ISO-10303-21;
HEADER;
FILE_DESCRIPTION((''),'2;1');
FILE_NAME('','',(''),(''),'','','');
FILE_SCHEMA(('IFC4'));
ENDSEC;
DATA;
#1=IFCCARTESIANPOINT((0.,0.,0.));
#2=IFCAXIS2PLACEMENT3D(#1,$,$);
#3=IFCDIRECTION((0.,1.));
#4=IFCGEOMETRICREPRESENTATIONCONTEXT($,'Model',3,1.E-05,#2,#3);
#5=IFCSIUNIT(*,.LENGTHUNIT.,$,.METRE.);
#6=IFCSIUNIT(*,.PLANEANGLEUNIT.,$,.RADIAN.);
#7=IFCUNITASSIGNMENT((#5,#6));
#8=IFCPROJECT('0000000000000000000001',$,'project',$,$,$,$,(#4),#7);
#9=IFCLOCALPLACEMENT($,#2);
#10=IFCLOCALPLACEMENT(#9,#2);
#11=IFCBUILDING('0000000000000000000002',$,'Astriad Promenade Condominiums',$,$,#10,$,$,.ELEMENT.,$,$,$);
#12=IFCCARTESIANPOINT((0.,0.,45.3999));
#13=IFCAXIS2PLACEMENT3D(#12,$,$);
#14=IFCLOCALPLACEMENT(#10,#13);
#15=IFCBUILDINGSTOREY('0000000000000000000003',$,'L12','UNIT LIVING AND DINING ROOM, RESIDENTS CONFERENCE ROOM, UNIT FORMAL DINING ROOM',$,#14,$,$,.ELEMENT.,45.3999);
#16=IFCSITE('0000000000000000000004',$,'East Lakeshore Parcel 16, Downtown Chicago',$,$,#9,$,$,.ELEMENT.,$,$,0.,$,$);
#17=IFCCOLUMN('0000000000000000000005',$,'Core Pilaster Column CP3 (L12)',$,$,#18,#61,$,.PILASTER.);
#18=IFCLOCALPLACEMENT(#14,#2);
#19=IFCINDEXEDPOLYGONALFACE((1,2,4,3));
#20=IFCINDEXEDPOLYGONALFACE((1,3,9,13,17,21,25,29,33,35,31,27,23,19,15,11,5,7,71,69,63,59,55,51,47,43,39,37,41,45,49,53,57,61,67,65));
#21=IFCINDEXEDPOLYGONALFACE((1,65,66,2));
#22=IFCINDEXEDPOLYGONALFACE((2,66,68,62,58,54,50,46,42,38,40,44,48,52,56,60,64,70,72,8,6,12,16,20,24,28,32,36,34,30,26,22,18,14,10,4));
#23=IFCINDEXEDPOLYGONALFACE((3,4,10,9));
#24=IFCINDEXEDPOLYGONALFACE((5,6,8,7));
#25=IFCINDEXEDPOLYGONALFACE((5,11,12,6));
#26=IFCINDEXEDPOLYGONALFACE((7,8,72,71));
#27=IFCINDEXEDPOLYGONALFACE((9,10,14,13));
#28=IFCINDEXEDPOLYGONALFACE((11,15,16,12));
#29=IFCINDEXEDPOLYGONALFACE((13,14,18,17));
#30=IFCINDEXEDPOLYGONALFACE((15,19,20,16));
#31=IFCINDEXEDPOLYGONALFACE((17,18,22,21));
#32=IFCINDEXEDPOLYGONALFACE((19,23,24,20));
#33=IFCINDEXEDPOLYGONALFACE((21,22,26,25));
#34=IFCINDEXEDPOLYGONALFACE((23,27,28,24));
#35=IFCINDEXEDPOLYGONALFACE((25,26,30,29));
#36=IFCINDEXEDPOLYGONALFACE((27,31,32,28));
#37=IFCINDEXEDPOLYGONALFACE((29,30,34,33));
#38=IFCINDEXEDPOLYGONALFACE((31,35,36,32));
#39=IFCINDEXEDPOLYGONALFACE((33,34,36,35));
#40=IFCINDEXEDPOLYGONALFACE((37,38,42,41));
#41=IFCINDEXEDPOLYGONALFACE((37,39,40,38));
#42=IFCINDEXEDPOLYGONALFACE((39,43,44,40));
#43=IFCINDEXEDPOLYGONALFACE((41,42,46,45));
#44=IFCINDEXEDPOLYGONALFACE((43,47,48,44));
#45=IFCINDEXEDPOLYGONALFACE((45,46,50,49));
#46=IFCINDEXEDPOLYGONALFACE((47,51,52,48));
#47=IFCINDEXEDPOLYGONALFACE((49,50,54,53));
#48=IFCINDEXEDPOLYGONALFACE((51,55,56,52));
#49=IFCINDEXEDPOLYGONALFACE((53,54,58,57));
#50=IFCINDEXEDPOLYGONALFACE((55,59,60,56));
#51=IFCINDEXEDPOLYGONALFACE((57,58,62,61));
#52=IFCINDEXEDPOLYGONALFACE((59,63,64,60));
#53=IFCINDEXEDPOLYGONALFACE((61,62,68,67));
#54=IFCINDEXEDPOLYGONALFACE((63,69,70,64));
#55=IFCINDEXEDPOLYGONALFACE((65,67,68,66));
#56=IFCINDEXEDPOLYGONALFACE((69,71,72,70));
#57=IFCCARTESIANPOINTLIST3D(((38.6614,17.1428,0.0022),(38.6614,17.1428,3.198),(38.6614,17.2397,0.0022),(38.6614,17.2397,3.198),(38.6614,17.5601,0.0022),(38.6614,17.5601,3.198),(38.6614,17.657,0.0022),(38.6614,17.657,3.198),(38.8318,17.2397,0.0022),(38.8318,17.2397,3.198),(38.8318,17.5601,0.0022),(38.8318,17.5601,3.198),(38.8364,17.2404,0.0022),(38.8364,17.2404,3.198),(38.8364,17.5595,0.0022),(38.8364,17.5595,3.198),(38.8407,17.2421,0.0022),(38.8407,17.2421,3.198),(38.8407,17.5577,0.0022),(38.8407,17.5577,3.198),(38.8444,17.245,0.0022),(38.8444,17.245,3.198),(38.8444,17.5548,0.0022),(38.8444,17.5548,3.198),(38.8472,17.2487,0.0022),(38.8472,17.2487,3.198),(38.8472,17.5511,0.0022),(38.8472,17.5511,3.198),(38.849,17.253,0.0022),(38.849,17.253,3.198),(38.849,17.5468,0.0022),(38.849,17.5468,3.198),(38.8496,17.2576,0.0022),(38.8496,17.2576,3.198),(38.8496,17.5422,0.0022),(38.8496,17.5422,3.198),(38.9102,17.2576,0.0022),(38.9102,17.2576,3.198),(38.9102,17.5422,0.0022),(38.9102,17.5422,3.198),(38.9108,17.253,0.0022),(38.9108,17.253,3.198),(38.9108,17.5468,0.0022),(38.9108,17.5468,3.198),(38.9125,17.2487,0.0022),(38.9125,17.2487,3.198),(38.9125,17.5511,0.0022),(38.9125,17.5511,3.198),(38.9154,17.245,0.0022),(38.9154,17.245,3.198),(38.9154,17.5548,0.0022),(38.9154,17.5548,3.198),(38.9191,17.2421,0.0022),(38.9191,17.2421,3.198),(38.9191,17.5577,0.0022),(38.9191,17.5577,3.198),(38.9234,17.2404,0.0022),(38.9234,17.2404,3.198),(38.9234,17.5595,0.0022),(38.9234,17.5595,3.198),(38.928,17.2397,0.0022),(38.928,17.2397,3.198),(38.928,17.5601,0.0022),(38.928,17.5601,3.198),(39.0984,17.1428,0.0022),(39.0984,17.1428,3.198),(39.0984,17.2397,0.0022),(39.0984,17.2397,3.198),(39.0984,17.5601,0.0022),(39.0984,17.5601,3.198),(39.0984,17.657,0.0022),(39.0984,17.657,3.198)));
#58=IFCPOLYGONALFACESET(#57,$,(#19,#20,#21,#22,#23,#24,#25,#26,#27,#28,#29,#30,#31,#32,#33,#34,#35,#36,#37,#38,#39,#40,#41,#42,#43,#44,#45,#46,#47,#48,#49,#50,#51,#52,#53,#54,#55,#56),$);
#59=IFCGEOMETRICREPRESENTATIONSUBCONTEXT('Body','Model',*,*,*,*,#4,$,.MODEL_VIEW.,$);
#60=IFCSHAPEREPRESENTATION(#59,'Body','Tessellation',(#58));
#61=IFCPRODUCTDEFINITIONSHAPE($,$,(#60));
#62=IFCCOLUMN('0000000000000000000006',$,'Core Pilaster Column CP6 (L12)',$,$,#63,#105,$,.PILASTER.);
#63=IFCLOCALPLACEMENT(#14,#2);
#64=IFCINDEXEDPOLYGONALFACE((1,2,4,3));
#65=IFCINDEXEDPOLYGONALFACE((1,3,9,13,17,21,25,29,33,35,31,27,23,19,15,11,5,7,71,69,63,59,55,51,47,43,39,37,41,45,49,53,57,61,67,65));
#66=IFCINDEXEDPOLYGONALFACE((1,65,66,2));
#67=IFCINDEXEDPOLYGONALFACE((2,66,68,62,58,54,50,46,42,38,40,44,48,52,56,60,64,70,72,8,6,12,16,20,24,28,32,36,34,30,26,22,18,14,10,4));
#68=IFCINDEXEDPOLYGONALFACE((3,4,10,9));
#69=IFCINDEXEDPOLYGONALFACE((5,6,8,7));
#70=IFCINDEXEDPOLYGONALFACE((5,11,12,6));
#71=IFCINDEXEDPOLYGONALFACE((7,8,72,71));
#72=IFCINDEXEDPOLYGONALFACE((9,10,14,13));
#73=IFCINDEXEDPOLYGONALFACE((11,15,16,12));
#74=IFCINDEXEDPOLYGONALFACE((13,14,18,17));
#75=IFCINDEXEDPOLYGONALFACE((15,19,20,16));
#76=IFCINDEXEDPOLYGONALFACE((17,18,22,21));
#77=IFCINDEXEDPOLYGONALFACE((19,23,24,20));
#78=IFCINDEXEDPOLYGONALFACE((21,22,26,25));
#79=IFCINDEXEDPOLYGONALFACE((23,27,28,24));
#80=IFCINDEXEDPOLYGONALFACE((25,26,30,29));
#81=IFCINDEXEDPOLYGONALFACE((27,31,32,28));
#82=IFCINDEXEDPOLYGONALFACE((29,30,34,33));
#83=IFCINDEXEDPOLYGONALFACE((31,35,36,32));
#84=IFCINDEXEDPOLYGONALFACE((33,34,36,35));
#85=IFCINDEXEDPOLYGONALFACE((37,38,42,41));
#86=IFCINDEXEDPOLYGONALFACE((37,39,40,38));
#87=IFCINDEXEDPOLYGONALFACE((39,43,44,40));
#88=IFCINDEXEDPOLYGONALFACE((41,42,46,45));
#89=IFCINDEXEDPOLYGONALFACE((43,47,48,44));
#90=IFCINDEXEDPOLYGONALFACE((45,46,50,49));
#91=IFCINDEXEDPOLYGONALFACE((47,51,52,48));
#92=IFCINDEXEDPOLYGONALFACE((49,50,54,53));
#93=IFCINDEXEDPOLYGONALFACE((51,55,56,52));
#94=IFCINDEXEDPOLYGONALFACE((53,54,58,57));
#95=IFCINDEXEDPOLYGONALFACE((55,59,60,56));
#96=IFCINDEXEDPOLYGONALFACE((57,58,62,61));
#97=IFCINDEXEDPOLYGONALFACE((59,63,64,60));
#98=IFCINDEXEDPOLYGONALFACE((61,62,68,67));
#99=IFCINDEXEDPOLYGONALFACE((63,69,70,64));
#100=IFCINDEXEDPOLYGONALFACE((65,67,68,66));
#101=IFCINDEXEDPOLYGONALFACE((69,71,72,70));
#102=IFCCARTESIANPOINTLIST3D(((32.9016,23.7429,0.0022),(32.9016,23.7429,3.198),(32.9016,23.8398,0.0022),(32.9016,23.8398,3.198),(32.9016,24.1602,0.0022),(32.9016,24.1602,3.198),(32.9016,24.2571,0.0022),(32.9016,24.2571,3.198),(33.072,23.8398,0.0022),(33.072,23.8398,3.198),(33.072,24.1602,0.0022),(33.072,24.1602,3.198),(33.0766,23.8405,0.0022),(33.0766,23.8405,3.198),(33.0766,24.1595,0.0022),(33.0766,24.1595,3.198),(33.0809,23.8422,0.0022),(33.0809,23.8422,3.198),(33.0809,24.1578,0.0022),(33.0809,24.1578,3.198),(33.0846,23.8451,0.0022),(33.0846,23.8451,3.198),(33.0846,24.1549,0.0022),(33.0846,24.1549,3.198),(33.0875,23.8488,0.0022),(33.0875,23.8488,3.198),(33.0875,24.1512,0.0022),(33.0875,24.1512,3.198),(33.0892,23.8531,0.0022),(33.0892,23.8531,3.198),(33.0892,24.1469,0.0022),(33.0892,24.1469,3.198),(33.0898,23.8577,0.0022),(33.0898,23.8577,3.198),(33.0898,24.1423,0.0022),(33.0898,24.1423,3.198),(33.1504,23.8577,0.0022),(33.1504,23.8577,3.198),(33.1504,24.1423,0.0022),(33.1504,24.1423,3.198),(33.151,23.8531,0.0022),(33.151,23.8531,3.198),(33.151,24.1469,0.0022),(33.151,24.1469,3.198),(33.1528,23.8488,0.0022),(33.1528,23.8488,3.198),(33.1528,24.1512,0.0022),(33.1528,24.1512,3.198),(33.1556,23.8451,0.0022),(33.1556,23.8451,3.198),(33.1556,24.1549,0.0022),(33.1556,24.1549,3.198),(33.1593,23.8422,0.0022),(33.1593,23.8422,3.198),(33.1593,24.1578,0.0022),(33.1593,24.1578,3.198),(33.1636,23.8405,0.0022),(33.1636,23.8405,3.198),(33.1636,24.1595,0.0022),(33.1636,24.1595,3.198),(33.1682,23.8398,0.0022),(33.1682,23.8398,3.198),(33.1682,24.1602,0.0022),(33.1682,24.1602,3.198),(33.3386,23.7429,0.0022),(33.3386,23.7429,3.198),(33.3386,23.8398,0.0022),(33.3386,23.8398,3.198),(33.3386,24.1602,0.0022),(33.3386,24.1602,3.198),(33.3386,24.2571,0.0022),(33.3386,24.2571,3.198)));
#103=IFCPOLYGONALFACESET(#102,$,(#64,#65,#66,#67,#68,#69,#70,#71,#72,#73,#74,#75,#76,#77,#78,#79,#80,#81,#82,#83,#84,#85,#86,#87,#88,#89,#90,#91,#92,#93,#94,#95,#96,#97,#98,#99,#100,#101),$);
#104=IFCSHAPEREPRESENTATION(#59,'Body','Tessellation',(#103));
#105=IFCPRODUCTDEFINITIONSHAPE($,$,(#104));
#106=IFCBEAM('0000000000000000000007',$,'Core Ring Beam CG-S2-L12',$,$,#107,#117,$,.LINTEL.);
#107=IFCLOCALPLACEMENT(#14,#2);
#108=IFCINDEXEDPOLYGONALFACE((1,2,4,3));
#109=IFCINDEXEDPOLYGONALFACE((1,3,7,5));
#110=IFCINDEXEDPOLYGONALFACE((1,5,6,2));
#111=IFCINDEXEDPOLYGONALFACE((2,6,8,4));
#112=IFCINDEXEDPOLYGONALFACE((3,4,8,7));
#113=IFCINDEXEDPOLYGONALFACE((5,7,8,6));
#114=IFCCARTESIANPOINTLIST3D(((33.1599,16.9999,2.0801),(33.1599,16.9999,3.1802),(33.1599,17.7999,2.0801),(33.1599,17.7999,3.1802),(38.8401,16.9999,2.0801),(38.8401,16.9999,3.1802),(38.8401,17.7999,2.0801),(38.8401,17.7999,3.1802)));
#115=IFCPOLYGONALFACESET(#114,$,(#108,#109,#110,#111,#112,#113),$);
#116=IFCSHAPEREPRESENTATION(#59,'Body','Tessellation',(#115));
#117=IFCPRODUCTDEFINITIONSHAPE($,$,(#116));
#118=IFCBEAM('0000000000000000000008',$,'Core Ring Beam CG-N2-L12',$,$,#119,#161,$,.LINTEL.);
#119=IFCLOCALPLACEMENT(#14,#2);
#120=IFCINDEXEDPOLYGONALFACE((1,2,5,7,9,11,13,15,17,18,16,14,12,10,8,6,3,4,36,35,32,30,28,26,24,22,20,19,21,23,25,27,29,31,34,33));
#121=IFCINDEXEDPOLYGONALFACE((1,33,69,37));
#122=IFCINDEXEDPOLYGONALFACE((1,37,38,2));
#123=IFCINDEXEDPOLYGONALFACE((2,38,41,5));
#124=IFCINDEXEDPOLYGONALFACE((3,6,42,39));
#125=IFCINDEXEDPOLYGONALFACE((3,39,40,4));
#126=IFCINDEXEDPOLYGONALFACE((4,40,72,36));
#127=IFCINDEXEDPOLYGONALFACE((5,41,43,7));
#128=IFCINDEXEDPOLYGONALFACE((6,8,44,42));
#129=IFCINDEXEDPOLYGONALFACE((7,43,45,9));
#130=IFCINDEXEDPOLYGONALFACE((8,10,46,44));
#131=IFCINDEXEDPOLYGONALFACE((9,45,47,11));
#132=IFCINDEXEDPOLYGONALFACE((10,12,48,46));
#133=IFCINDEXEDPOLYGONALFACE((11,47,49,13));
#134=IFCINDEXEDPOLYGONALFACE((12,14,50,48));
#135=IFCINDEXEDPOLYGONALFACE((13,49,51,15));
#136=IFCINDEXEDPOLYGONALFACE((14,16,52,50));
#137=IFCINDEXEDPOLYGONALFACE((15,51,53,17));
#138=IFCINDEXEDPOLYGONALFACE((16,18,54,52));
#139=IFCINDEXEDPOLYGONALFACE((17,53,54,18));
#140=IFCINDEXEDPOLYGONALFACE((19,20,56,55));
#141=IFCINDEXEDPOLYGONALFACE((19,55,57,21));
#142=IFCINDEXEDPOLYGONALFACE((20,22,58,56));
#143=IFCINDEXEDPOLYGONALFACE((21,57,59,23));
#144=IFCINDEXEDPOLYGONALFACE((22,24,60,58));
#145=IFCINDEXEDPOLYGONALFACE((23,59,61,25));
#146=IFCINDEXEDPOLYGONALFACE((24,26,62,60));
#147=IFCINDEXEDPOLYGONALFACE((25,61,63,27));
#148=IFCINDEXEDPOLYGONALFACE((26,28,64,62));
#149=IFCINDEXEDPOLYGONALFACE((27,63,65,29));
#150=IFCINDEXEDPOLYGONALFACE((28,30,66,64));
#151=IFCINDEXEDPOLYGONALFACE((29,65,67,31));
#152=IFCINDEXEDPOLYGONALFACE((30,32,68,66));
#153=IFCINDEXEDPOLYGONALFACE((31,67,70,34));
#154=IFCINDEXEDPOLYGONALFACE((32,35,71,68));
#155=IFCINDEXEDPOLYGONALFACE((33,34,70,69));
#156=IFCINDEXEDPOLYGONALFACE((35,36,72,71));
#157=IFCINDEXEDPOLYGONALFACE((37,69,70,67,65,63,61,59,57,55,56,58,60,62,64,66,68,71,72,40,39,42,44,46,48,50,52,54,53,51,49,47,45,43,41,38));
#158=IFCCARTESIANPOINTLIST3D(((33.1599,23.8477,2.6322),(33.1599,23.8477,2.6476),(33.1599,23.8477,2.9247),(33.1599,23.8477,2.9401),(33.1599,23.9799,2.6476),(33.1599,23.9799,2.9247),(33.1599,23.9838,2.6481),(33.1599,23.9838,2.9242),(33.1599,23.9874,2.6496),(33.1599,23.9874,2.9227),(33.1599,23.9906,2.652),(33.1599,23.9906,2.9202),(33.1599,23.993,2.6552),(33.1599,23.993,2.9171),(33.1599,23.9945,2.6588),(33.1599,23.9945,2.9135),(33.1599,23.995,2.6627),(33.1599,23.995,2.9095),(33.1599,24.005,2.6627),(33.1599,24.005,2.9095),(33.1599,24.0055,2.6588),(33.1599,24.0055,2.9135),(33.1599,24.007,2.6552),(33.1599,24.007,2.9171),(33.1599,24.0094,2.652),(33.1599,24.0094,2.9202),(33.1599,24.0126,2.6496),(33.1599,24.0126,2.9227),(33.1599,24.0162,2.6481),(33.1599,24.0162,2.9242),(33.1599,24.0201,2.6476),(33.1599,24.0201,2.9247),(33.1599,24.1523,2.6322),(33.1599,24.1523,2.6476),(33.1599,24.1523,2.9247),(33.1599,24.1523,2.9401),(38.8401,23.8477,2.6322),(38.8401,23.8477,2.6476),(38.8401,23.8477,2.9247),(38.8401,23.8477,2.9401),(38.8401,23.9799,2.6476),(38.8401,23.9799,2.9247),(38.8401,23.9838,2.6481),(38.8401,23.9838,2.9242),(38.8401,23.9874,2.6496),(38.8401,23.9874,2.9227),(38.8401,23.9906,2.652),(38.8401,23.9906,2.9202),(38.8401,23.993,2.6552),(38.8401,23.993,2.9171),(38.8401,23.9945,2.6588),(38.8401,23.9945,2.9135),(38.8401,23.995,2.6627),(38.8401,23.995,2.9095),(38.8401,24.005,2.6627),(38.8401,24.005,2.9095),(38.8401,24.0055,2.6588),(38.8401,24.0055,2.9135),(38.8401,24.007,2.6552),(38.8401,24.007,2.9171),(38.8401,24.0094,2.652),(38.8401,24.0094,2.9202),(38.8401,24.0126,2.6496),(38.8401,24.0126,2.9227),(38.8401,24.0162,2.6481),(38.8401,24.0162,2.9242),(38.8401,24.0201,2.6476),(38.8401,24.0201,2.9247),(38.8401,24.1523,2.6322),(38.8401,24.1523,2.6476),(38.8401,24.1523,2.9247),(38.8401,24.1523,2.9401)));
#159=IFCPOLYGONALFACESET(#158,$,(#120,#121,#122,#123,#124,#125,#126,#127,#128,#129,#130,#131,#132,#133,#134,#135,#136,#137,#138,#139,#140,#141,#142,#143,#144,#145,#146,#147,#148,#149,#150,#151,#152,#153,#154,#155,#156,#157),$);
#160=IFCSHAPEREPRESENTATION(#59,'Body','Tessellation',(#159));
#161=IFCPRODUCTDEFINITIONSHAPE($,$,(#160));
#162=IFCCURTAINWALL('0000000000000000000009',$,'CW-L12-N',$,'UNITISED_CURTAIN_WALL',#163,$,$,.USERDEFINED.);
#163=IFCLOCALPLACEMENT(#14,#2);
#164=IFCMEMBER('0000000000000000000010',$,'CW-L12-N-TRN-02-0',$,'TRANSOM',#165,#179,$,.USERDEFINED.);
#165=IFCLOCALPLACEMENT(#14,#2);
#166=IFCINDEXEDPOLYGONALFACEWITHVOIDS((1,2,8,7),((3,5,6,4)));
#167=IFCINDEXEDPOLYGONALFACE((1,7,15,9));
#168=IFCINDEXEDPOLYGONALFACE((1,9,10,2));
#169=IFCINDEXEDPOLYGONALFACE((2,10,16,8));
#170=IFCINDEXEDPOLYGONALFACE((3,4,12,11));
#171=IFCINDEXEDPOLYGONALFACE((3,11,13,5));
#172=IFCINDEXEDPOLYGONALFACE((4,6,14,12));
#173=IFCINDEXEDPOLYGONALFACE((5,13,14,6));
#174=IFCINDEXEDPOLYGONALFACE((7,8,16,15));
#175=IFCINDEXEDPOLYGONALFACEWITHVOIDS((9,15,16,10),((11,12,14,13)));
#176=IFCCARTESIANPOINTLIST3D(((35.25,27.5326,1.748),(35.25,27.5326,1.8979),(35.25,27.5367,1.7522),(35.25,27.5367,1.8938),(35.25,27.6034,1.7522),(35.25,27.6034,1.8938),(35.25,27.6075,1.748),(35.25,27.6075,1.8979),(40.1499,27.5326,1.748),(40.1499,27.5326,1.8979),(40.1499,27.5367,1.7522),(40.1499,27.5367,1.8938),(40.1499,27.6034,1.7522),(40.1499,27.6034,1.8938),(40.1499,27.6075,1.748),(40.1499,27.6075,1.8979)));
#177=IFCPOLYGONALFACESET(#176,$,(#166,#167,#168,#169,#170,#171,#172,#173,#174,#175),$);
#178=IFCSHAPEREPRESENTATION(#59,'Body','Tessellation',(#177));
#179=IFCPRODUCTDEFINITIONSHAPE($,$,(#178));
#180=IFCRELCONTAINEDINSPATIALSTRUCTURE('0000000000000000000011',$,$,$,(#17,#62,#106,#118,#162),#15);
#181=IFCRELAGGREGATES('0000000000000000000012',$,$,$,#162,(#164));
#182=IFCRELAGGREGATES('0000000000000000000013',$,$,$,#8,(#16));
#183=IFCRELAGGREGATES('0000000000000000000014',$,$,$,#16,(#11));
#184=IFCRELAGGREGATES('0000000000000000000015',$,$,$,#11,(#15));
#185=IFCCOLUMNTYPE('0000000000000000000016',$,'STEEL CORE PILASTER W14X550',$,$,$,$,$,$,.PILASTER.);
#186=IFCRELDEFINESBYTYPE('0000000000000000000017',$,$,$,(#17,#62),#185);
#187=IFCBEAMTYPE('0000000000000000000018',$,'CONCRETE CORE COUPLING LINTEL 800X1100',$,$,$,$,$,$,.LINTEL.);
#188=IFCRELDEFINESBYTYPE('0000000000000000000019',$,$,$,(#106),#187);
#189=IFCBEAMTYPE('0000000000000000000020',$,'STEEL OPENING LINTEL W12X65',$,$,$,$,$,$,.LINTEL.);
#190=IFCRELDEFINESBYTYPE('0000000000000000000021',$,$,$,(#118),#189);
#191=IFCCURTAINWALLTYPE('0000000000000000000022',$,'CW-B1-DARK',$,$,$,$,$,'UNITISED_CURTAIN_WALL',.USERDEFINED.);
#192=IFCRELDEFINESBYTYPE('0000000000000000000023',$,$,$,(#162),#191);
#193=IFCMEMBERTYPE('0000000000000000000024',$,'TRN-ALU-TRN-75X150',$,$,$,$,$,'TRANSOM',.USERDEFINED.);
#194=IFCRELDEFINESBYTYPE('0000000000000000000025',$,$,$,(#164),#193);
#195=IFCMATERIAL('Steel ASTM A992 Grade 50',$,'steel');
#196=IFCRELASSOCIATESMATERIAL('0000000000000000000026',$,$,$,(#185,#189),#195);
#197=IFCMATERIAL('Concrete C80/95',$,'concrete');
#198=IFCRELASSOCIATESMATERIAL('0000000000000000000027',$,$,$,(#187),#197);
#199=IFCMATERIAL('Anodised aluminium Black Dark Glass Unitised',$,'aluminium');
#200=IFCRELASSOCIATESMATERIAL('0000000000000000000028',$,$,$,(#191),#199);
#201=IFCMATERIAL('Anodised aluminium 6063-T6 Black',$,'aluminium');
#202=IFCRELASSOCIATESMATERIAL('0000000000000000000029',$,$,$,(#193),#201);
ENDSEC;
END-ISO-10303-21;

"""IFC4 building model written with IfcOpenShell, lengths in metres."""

from ifc_helpers import new_model, si_unit, direction, frame, origin, origin_2d, place, context, subcontext, project, spatial, rectangle, hollow_rectangle, i_section, extrude, source, transform, mapped, material, material_profile, profile_set, type_object, type_shapes, element, aggregate, save


model = new_model("IFC4")

# Units and contexts
model_context = context("Model", 3, precision=1e-05, world=origin(), true_north=direction((0.0, 1.0)))
body_context = subcontext(model_context, "Body", "Model", "MODEL_VIEW")
ifc_project = project(units=[si_unit("LENGTHUNIT", "METRE"), si_unit("PLANEANGLEUNIT", "RADIAN")], contexts=[model_context])

# Site, building, storey
site_placement = place(None, origin())
site = spatial("IfcSite", under=ifc_project, at=site_placement, Name="East Lakeshore Parcel 16, Downtown Chicago", CompositionType="ELEMENT", RefElevation=0.0)
building_placement = place(site_placement, origin())
building = spatial("IfcBuilding", under=site, at=building_placement, Name="Astriad Promenade Condominiums", CompositionType="ELEMENT")
storey_placement = place(building_placement, frame((0.0, 0.0, 45.3999)))
storey = spatial("IfcBuildingStorey", under=building, at=storey_placement, Name="L12", Description="UNIT LIVING AND DINING ROOM, RESIDENTS CONFERENCE ROOM, UNIT FORMAL DINING ROOM", CompositionType="ELEMENT", Elevation=45.3999)

# Columns
ifc_material_1 = material(Name="Steel ASTM A992 Grade 50", Category="steel")
ifc_material_profile_1 = material_profile(ifc_material_1, i_section(OverallWidth=0.437, OverallDepth=0.5142, WebThickness=0.0605, FlangeThickness=0.0969, FilletRadius=0.0178, at=origin_2d()), Name="W14X550")
ifc_profile_set_1 = profile_set([ifc_material_profile_1], Name="Steel ASTM A992 Grade 50")
column_type = type_object("IfcColumnType", Name="STEEL CORE PILASTER W14X550", PredefinedType="PILASTER", material=ifc_profile_set_1)
shared_shape_1 = source(origin(), body_context, "Body", "SweptSolid", [
    extrude(i_section(OverallWidth=0.437, OverallDepth=0.5142, WebThickness=0.0605, FlangeThickness=0.0969, FilletRadius=0.0178, at=origin_2d()), origin(), (0.0, 0.0, 1.0), 3.1958),
])
type_shapes(column_type, [shared_shape_1])
for number, where, z_axis, x_axis, name in (
    (1, (38.8799, 17.3999, 0.0022), (0.0, 0.0, 1.0), (1.0, 0.0, 0.0), "Core Pilaster Column CP3 (L12)"),
    (2, (33.1201, 24.0, 0.0022), (0.0, 0.0, 1.0), (1.0, 0.0, 0.0), "Core Pilaster Column CP6 (L12)"),
):
    element("IfcColumn", number, at=place(storey_placement, frame(where, z_axis=z_axis, x_axis=x_axis)), inside=storey, type_object=column_type, Name=name, PredefinedType="PILASTER", context=body_context, shape_type="MappedRepresentation", body=[
        mapped(shared_shape_1, transform((0.0, 0.0, 0.0), scale=1.0)),
    ])

# Beams
ifc_material_2 = material(Name="Concrete C80/95", Category="concrete")
ifc_material_profile_2 = material_profile(ifc_material_2, rectangle(XDim=0.8, YDim=1.1001, at=origin_2d()), Name="RC-BM-800X1100")
ifc_profile_set_2 = profile_set([ifc_material_profile_2], Name="Concrete C80/95")
beam_type_1 = type_object("IfcBeamType", Name="CONCRETE CORE COUPLING LINTEL 800X1100", PredefinedType="LINTEL", material=ifc_profile_set_2)
shared_shape_2 = source(origin(), body_context, "Body", "SweptSolid", [
    extrude(rectangle(XDim=0.8, YDim=1.1001, at=origin_2d()), origin(), (0.0, 0.0, 1.0), 5.6802),
])
type_shapes(beam_type_1, [shared_shape_2])
beam_1_placement = place(storey_placement, frame((33.1599, 17.3999, 2.6301), z_axis=(1.0, 0.0, 0.0), x_axis=(0.0, 1.0, 0.0)))
element("IfcBeam", 3, at=beam_1_placement, inside=storey, type_object=beam_type_1, Name="Core Ring Beam CG-S2-L12", PredefinedType="LINTEL", context=body_context, shape_type="MappedRepresentation", body=[
    mapped(shared_shape_2, transform((0.0, 0.0, 0.0), scale=1.0)),
])
ifc_material_profile_3 = material_profile(ifc_material_1, i_section(OverallWidth=0.3047, OverallDepth=0.3079, WebThickness=0.01, FlangeThickness=0.0154, FilletRadius=0.0151, at=origin_2d()), Name="W12X65")
ifc_profile_set_3 = profile_set([ifc_material_profile_3], Name="Steel ASTM A992 Grade 50")
beam_type_2 = type_object("IfcBeamType", Name="STEEL OPENING LINTEL W12X65", PredefinedType="LINTEL", material=ifc_profile_set_3)
shared_shape_3 = source(origin(), body_context, "Body", "SweptSolid", [
    extrude(i_section(OverallWidth=0.3047, OverallDepth=0.3079, WebThickness=0.01, FlangeThickness=0.0154, FilletRadius=0.0151, at=origin_2d()), origin(), (0.0, 0.0, 1.0), 5.6802),
])
type_shapes(beam_type_2, [shared_shape_3])
beam_2_placement = place(storey_placement, frame((33.1599, 24.0, 2.7861), z_axis=(1.0, 0.0, 0.0), x_axis=(0.0, 1.0, 0.0)))
element("IfcBeam", 4, at=beam_2_placement, inside=storey, type_object=beam_type_2, Name="Core Ring Beam CG-N2-L12", PredefinedType="LINTEL", context=body_context, shape_type="MappedRepresentation", body=[
    mapped(shared_shape_3, transform((0.0, 0.0, 0.0), scale=1.0)),
])

# Curtain wall, member
ifc_material_3 = material(Name="Anodised aluminium Black Dark Glass Unitised", Category="aluminium")
curtain_wall_type = type_object("IfcCurtainWallType", Name="CW-B1-DARK", ElementType="UNITISED_CURTAIN_WALL", PredefinedType="USERDEFINED", material=ifc_material_3)
curtain_wall_placement = place(storey_placement, origin())
curtain_wall = element("IfcCurtainWall", 5, at=curtain_wall_placement, inside=storey, type_object=curtain_wall_type, Name="CW-L12-N", ObjectType="UNITISED_CURTAIN_WALL", PredefinedType="USERDEFINED")
ifc_material_4 = material(Name="Anodised aluminium 6063-T6 Black", Category="aluminium")
ifc_material_profile_4 = material_profile(ifc_material_4, hollow_rectangle(XDim=0.075, YDim=0.1499, WallThickness=0.0042, at=origin_2d()), Name="ALU-TRN-75X150")
ifc_profile_set_4 = profile_set([ifc_material_profile_4], Name="Anodised aluminium 6063-T6 Black")
member_type_1 = type_object("IfcMemberType", Name="TRN-ALU-TRN-75X150", ElementType="TRANSOM", PredefinedType="USERDEFINED", material=ifc_profile_set_4)
shared_shape_4 = source(origin(), body_context, "Body", "SweptSolid", [
    extrude(hollow_rectangle(XDim=0.075, YDim=0.1499, WallThickness=0.0042, at=origin_2d()), origin(), (0.0, 0.0, 1.0), 4.8999),
])
type_shapes(member_type_1, [shared_shape_4])
member_1_placement = place(storey_placement, frame((35.25, 27.5701, 1.823), z_axis=(1.0, 0.0, 0.0), x_axis=(0.0, 1.0, 0.0)))
member_1 = element("IfcMember", 6, at=member_1_placement, type_object=member_type_1, Name="CW-L12-N-TRN-02-0", ObjectType="TRANSOM", PredefinedType="USERDEFINED", context=body_context, shape_type="MappedRepresentation", body=[
    mapped(shared_shape_4, transform((0.0, 0.0, 0.0), scale=1.0)),
])
aggregate(curtain_wall, [member_1])

save(model, "model.ifc")
